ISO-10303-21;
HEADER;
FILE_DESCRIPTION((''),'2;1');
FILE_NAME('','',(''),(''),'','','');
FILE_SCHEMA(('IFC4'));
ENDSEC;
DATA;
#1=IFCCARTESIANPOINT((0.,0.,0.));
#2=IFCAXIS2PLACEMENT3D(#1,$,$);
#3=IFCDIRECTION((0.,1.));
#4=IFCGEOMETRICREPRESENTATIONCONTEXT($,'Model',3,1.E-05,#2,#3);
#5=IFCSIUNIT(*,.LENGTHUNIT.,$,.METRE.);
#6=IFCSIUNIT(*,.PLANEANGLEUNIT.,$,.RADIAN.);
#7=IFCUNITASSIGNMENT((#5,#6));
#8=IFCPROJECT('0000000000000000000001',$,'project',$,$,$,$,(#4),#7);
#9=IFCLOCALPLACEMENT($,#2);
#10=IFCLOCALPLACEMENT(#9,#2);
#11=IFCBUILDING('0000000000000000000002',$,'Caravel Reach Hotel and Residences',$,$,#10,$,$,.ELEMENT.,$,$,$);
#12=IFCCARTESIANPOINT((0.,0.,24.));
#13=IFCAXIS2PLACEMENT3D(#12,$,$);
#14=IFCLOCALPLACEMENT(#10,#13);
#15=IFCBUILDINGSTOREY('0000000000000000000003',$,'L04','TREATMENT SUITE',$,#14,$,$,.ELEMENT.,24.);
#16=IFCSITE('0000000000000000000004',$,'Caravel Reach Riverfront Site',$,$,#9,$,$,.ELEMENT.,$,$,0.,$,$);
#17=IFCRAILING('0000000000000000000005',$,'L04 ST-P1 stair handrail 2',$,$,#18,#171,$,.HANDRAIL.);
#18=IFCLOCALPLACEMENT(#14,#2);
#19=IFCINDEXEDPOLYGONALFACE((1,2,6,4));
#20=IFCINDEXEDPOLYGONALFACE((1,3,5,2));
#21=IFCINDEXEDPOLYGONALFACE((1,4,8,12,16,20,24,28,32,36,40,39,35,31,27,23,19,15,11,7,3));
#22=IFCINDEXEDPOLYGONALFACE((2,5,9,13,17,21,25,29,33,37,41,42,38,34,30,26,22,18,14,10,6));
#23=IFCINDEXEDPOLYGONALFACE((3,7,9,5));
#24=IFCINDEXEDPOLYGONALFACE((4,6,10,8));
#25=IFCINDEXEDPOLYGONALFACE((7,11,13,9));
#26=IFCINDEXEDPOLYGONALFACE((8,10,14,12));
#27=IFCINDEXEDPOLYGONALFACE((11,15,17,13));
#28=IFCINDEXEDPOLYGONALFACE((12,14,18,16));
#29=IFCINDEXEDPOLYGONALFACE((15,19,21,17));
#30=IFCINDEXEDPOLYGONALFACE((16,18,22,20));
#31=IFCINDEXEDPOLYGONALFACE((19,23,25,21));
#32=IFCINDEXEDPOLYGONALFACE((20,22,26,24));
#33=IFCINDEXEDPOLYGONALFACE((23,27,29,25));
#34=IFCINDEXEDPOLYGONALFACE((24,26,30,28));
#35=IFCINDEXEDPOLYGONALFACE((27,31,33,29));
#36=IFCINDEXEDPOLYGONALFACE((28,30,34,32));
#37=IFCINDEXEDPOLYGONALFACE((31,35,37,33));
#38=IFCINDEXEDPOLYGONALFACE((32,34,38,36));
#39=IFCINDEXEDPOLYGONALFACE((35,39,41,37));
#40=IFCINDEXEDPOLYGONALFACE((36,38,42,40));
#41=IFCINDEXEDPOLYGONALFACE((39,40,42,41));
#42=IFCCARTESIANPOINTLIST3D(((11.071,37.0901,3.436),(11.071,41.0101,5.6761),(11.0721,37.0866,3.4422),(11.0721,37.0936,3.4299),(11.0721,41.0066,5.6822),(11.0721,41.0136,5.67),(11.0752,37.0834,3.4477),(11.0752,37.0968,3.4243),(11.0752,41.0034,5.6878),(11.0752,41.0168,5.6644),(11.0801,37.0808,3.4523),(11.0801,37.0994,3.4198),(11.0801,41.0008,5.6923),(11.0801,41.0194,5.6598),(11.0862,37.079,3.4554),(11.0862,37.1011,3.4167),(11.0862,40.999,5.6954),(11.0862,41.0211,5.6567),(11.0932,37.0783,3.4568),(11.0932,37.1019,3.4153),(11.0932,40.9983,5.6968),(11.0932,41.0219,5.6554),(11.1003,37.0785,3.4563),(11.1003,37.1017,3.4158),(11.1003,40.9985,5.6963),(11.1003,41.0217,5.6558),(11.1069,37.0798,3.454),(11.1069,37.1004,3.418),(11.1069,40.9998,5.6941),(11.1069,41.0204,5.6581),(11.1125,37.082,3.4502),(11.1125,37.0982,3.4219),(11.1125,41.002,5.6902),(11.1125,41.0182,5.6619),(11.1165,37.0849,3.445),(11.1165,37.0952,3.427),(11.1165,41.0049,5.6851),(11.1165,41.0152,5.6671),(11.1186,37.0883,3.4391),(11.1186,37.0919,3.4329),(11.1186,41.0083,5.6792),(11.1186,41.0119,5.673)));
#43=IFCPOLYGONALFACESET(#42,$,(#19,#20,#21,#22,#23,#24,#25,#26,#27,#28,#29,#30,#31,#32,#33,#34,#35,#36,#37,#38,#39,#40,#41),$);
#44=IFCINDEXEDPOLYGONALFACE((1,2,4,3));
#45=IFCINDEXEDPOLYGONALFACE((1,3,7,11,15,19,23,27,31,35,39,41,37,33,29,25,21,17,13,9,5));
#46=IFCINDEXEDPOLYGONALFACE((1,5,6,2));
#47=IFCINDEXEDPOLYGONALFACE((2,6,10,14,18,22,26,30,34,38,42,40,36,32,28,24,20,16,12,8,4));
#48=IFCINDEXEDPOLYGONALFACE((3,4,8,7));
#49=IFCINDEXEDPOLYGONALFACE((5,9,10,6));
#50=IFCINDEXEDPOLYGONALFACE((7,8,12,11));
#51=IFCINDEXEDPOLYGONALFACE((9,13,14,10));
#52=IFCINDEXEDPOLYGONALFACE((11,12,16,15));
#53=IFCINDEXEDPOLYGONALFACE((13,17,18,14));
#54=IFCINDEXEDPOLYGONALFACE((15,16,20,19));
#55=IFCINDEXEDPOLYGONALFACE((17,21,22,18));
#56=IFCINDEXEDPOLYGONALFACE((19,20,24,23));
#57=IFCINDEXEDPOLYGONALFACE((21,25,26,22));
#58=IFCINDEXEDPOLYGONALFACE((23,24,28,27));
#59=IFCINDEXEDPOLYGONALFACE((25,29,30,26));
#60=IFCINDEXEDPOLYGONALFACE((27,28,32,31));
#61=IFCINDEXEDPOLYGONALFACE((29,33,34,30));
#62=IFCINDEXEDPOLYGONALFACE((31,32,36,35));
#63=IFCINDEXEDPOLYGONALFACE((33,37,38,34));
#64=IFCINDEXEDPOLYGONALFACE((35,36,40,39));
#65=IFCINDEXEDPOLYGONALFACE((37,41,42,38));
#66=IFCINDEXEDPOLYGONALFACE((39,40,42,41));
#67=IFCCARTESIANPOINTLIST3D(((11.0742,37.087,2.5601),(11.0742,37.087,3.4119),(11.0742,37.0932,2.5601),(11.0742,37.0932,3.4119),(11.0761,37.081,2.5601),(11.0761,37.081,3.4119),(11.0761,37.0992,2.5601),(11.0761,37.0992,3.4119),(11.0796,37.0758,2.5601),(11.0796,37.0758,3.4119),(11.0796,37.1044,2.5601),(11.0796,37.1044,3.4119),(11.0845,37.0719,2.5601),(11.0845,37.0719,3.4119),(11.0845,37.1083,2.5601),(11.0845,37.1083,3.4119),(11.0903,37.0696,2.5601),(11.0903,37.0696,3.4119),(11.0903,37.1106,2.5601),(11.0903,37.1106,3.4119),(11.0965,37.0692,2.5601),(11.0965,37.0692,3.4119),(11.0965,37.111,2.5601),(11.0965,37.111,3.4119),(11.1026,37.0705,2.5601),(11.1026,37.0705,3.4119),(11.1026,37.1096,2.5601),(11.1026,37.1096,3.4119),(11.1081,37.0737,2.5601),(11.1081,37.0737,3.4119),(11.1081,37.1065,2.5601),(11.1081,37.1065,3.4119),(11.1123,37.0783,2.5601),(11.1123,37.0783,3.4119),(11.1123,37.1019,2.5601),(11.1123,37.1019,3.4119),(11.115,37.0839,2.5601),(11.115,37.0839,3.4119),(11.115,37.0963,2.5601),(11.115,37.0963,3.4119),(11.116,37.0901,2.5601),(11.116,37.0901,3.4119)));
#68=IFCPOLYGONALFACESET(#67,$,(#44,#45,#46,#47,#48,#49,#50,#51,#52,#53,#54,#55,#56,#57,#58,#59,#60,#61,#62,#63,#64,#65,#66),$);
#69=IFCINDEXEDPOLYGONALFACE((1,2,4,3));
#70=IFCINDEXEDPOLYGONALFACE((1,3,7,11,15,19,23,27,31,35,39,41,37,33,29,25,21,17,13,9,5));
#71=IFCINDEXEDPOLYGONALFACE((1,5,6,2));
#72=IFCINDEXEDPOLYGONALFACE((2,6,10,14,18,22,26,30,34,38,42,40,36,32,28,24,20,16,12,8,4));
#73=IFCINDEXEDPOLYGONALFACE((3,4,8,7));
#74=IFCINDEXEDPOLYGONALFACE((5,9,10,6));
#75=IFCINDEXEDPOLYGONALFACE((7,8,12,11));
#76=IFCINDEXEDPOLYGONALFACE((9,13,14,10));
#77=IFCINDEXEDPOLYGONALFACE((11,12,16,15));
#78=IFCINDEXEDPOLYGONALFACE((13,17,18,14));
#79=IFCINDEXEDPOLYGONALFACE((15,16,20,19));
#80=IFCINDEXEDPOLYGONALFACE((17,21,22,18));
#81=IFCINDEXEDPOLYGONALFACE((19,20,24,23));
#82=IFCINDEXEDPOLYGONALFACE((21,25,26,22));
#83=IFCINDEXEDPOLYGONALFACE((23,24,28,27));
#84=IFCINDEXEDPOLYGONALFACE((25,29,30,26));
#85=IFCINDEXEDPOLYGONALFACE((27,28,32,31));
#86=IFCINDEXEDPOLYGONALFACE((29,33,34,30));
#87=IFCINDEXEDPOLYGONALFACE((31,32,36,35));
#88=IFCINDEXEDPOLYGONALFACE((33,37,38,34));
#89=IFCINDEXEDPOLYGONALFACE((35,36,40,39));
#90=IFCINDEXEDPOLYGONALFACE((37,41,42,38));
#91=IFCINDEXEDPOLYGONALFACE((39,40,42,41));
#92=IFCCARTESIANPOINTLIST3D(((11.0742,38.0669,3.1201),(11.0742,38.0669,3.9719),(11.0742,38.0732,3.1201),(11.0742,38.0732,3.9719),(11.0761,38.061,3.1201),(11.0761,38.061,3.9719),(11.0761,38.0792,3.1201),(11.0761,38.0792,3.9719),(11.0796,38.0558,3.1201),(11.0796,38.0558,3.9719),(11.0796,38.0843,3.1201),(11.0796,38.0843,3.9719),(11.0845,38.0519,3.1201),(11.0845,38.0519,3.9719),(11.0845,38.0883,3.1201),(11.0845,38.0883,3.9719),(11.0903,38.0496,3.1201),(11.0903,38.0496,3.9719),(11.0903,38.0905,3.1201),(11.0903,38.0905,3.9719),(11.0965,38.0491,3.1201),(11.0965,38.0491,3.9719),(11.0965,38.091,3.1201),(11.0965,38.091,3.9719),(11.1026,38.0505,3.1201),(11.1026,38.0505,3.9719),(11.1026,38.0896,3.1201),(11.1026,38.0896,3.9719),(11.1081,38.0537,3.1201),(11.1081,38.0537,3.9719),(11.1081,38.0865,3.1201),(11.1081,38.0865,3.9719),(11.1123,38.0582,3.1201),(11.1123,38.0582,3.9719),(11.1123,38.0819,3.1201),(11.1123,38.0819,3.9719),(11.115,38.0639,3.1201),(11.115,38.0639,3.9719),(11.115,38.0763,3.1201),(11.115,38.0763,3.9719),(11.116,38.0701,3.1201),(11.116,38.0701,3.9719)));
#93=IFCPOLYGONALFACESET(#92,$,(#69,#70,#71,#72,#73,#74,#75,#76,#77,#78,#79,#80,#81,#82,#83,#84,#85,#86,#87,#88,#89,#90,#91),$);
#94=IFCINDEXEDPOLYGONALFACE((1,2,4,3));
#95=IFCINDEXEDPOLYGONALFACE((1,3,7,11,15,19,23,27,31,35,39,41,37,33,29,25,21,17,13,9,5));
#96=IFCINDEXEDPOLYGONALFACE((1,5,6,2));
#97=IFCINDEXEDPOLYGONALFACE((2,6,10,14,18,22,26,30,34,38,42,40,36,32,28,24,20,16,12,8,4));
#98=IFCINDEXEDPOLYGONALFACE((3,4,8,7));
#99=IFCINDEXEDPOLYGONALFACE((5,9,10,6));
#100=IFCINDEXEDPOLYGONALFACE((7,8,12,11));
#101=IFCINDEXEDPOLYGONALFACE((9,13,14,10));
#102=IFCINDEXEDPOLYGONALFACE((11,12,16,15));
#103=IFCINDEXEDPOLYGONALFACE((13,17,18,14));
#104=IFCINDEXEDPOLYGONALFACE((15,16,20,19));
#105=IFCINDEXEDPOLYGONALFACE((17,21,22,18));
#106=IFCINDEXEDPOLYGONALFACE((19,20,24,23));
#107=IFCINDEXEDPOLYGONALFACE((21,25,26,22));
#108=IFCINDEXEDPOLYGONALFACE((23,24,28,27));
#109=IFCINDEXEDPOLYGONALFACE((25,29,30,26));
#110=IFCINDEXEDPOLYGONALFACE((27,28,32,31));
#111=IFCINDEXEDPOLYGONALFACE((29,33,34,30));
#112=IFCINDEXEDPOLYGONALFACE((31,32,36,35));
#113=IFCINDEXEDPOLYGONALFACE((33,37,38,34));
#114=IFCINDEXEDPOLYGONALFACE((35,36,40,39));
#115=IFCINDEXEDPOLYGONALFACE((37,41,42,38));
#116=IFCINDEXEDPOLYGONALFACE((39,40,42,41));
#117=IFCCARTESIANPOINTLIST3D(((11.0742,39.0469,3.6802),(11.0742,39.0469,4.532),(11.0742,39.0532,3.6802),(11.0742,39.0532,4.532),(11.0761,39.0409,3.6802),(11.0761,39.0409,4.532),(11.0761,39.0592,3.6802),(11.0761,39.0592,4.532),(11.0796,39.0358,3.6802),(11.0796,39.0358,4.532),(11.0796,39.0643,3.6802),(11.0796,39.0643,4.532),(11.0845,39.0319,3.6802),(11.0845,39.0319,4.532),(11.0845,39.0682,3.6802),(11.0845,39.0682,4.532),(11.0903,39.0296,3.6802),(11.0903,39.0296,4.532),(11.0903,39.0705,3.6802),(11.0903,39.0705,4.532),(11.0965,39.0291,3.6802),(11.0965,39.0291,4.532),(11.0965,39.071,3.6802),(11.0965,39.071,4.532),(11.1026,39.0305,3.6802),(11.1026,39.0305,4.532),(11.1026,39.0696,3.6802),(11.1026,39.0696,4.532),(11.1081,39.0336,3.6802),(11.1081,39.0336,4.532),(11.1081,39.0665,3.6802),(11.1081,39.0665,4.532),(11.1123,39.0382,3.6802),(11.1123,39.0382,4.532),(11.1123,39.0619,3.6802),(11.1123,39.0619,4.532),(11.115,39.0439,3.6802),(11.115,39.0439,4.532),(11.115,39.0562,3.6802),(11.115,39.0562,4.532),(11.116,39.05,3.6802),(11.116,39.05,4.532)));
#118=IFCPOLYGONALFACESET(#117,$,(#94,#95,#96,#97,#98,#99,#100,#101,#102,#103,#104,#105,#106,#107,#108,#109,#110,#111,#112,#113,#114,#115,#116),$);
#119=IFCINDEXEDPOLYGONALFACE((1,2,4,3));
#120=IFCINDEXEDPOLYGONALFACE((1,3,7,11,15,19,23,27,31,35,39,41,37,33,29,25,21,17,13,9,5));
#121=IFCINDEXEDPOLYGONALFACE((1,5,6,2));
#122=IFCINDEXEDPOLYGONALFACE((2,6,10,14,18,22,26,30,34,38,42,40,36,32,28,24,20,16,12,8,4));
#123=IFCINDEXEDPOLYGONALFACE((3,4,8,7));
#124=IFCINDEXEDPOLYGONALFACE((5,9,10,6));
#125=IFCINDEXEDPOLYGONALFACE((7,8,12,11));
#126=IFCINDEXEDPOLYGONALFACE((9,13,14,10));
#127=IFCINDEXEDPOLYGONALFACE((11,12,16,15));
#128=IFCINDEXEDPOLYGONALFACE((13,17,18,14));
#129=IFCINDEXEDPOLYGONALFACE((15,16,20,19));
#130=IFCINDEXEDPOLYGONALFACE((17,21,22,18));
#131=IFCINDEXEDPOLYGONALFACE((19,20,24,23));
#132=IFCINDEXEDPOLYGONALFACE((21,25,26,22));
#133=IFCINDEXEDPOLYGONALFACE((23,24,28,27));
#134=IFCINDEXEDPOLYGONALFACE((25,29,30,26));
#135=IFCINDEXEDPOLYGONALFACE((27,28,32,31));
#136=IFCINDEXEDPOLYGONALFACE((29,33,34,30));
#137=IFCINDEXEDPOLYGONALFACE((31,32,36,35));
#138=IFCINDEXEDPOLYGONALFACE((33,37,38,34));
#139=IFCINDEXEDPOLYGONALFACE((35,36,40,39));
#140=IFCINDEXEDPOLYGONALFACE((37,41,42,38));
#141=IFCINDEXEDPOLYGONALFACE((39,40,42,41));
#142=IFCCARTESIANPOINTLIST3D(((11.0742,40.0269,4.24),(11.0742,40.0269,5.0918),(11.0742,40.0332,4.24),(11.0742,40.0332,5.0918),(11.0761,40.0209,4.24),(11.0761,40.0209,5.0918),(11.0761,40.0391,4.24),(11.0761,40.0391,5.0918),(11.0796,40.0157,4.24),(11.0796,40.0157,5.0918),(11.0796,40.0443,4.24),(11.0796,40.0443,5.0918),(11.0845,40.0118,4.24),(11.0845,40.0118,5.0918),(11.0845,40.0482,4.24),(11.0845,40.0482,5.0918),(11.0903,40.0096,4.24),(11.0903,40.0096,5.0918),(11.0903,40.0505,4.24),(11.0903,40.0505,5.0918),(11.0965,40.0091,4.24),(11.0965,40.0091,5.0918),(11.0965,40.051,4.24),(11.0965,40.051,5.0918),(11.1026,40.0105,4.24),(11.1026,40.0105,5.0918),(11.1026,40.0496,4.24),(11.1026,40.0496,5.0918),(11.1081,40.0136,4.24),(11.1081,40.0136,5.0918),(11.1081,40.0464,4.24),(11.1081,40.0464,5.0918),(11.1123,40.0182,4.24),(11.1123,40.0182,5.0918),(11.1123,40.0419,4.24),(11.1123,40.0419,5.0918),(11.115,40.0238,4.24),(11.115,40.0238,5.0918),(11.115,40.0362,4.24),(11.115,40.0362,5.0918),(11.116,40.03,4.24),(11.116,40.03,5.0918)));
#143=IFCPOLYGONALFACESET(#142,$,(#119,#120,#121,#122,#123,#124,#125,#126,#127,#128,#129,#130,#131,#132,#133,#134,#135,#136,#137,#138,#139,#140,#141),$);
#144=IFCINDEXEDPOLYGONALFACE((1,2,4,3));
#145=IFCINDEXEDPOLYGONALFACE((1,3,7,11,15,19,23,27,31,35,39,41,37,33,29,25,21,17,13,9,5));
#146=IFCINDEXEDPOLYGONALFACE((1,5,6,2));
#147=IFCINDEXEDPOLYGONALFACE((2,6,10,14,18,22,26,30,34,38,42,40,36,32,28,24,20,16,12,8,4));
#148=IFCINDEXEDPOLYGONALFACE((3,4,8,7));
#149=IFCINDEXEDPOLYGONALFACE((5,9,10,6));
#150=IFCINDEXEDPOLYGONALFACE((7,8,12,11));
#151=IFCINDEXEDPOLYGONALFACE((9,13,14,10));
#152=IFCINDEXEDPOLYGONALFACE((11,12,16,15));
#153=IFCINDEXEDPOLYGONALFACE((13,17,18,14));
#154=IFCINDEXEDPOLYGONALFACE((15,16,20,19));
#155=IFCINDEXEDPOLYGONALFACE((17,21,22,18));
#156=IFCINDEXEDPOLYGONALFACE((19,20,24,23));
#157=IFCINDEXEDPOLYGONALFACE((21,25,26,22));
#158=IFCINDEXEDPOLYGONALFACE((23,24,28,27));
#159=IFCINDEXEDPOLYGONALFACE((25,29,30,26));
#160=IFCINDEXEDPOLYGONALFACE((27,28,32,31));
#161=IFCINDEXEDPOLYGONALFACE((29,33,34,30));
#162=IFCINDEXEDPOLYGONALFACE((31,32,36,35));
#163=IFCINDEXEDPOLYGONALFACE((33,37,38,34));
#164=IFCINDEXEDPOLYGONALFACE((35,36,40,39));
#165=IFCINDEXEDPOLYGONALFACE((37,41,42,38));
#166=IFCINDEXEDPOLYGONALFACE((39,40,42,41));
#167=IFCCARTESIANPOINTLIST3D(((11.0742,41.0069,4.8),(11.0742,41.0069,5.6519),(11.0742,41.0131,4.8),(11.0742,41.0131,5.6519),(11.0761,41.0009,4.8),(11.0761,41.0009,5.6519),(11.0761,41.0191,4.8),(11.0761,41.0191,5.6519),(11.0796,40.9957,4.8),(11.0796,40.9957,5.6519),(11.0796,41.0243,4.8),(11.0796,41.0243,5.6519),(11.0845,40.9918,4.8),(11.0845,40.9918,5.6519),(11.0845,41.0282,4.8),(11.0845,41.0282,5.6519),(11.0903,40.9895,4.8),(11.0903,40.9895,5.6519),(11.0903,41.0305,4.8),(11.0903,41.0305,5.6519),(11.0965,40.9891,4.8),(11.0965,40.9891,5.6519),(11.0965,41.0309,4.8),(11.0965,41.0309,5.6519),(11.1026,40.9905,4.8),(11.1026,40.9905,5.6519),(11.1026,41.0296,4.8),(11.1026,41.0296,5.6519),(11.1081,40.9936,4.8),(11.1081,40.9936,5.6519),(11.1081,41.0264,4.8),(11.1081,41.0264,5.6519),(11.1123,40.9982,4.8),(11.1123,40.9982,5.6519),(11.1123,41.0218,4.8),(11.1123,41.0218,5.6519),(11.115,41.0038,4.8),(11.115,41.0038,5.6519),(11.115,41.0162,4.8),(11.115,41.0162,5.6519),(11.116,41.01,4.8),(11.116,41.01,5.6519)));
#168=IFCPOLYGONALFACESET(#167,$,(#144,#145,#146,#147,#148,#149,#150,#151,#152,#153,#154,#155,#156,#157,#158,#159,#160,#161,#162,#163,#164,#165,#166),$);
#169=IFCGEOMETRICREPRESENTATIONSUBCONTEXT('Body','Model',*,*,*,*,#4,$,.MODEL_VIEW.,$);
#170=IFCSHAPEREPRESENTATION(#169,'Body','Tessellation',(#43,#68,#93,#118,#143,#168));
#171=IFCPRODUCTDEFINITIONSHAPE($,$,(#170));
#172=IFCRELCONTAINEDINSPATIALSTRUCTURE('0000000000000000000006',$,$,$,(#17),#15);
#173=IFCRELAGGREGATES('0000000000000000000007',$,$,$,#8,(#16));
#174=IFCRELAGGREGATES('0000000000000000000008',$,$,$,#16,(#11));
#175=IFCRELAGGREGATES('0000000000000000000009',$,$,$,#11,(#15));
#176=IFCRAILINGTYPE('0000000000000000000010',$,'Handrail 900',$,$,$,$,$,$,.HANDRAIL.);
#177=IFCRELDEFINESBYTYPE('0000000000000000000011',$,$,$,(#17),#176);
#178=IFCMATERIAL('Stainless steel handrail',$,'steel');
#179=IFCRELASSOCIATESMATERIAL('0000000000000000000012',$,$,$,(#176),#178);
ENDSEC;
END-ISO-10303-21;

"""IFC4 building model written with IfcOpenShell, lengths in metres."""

from ifc_helpers import new_model, si_unit, direction, frame, origin, origin_2d, place, context, subcontext, project, spatial, circle, extrude, material, type_object, element, save


model = new_model("IFC4")

# Units and contexts
model_context = context("Model", 3, precision=1e-05, world=origin(), true_north=direction((0.0, 1.0)))
body_context = subcontext(model_context, "Body", "Model", "MODEL_VIEW")
ifc_project = project(units=[si_unit("LENGTHUNIT", "METRE"), si_unit("PLANEANGLEUNIT", "RADIAN")], contexts=[model_context])

# Site, building, storey
site_placement = place(None, origin())
site = spatial("IfcSite", under=ifc_project, at=site_placement, Name="Caravel Reach Riverfront Site", CompositionType="ELEMENT", RefElevation=0.0)
building_placement = place(site_placement, origin())
building = spatial("IfcBuilding", under=site, at=building_placement, Name="Caravel Reach Hotel and Residences", CompositionType="ELEMENT")
storey_placement = place(building_placement, frame((0.0, 0.0, 24.0)))
storey = spatial("IfcBuildingStorey", under=building, at=storey_placement, Name="L04", Description="TREATMENT SUITE", CompositionType="ELEMENT", Elevation=24.0)

# Railing
ifc_material_1 = material(Name="Stainless steel handrail", Category="steel")
railing_type_1 = type_object("IfcRailingType", Name="Handrail 900", PredefinedType="HANDRAIL", material=ifc_material_1)
railing_1_placement = place(storey_placement, frame((11.095, 37.0901, 2.5601)))
element("IfcRailing", 1, at=railing_1_placement, inside=storey, type_object=railing_type_1, Name="L04 ST-P1 stair handrail 2", PredefinedType="HANDRAIL", context=body_context, shape_type="SweptSolid", body=[
    extrude(circle(Radius=0.0239, at=origin_2d()), frame((0.0, 0.0, 0.876), z_axis=(0.0, 0.86824, 0.496145), x_axis=(-1.0, 0.0, 0.0)), (0.0, 0.0, 1.0), 4.5149),
    extrude(circle(Radius=0.021, at=origin_2d()), origin(), (0.0, 0.0, 1.0), 0.8518),
    extrude(circle(Radius=0.021, at=origin_2d()), frame((0.0, 0.98, 0.5601)), (0.0, 0.0, 1.0), 0.8518),
    extrude(circle(Radius=0.021, at=origin_2d()), frame((0.0, 1.96, 1.1201)), (0.0, 0.0, 1.0), 0.8518),
    extrude(circle(Radius=0.021, at=origin_2d()), frame((0.0, 2.9399, 1.6799)), (0.0, 0.0, 1.0), 0.8518),
    extrude(circle(Radius=0.021, at=origin_2d()), frame((0.0, 3.9199, 2.24)), (0.0, 0.0, 1.0), 0.8518),
])

save(model, "model.ifc")
